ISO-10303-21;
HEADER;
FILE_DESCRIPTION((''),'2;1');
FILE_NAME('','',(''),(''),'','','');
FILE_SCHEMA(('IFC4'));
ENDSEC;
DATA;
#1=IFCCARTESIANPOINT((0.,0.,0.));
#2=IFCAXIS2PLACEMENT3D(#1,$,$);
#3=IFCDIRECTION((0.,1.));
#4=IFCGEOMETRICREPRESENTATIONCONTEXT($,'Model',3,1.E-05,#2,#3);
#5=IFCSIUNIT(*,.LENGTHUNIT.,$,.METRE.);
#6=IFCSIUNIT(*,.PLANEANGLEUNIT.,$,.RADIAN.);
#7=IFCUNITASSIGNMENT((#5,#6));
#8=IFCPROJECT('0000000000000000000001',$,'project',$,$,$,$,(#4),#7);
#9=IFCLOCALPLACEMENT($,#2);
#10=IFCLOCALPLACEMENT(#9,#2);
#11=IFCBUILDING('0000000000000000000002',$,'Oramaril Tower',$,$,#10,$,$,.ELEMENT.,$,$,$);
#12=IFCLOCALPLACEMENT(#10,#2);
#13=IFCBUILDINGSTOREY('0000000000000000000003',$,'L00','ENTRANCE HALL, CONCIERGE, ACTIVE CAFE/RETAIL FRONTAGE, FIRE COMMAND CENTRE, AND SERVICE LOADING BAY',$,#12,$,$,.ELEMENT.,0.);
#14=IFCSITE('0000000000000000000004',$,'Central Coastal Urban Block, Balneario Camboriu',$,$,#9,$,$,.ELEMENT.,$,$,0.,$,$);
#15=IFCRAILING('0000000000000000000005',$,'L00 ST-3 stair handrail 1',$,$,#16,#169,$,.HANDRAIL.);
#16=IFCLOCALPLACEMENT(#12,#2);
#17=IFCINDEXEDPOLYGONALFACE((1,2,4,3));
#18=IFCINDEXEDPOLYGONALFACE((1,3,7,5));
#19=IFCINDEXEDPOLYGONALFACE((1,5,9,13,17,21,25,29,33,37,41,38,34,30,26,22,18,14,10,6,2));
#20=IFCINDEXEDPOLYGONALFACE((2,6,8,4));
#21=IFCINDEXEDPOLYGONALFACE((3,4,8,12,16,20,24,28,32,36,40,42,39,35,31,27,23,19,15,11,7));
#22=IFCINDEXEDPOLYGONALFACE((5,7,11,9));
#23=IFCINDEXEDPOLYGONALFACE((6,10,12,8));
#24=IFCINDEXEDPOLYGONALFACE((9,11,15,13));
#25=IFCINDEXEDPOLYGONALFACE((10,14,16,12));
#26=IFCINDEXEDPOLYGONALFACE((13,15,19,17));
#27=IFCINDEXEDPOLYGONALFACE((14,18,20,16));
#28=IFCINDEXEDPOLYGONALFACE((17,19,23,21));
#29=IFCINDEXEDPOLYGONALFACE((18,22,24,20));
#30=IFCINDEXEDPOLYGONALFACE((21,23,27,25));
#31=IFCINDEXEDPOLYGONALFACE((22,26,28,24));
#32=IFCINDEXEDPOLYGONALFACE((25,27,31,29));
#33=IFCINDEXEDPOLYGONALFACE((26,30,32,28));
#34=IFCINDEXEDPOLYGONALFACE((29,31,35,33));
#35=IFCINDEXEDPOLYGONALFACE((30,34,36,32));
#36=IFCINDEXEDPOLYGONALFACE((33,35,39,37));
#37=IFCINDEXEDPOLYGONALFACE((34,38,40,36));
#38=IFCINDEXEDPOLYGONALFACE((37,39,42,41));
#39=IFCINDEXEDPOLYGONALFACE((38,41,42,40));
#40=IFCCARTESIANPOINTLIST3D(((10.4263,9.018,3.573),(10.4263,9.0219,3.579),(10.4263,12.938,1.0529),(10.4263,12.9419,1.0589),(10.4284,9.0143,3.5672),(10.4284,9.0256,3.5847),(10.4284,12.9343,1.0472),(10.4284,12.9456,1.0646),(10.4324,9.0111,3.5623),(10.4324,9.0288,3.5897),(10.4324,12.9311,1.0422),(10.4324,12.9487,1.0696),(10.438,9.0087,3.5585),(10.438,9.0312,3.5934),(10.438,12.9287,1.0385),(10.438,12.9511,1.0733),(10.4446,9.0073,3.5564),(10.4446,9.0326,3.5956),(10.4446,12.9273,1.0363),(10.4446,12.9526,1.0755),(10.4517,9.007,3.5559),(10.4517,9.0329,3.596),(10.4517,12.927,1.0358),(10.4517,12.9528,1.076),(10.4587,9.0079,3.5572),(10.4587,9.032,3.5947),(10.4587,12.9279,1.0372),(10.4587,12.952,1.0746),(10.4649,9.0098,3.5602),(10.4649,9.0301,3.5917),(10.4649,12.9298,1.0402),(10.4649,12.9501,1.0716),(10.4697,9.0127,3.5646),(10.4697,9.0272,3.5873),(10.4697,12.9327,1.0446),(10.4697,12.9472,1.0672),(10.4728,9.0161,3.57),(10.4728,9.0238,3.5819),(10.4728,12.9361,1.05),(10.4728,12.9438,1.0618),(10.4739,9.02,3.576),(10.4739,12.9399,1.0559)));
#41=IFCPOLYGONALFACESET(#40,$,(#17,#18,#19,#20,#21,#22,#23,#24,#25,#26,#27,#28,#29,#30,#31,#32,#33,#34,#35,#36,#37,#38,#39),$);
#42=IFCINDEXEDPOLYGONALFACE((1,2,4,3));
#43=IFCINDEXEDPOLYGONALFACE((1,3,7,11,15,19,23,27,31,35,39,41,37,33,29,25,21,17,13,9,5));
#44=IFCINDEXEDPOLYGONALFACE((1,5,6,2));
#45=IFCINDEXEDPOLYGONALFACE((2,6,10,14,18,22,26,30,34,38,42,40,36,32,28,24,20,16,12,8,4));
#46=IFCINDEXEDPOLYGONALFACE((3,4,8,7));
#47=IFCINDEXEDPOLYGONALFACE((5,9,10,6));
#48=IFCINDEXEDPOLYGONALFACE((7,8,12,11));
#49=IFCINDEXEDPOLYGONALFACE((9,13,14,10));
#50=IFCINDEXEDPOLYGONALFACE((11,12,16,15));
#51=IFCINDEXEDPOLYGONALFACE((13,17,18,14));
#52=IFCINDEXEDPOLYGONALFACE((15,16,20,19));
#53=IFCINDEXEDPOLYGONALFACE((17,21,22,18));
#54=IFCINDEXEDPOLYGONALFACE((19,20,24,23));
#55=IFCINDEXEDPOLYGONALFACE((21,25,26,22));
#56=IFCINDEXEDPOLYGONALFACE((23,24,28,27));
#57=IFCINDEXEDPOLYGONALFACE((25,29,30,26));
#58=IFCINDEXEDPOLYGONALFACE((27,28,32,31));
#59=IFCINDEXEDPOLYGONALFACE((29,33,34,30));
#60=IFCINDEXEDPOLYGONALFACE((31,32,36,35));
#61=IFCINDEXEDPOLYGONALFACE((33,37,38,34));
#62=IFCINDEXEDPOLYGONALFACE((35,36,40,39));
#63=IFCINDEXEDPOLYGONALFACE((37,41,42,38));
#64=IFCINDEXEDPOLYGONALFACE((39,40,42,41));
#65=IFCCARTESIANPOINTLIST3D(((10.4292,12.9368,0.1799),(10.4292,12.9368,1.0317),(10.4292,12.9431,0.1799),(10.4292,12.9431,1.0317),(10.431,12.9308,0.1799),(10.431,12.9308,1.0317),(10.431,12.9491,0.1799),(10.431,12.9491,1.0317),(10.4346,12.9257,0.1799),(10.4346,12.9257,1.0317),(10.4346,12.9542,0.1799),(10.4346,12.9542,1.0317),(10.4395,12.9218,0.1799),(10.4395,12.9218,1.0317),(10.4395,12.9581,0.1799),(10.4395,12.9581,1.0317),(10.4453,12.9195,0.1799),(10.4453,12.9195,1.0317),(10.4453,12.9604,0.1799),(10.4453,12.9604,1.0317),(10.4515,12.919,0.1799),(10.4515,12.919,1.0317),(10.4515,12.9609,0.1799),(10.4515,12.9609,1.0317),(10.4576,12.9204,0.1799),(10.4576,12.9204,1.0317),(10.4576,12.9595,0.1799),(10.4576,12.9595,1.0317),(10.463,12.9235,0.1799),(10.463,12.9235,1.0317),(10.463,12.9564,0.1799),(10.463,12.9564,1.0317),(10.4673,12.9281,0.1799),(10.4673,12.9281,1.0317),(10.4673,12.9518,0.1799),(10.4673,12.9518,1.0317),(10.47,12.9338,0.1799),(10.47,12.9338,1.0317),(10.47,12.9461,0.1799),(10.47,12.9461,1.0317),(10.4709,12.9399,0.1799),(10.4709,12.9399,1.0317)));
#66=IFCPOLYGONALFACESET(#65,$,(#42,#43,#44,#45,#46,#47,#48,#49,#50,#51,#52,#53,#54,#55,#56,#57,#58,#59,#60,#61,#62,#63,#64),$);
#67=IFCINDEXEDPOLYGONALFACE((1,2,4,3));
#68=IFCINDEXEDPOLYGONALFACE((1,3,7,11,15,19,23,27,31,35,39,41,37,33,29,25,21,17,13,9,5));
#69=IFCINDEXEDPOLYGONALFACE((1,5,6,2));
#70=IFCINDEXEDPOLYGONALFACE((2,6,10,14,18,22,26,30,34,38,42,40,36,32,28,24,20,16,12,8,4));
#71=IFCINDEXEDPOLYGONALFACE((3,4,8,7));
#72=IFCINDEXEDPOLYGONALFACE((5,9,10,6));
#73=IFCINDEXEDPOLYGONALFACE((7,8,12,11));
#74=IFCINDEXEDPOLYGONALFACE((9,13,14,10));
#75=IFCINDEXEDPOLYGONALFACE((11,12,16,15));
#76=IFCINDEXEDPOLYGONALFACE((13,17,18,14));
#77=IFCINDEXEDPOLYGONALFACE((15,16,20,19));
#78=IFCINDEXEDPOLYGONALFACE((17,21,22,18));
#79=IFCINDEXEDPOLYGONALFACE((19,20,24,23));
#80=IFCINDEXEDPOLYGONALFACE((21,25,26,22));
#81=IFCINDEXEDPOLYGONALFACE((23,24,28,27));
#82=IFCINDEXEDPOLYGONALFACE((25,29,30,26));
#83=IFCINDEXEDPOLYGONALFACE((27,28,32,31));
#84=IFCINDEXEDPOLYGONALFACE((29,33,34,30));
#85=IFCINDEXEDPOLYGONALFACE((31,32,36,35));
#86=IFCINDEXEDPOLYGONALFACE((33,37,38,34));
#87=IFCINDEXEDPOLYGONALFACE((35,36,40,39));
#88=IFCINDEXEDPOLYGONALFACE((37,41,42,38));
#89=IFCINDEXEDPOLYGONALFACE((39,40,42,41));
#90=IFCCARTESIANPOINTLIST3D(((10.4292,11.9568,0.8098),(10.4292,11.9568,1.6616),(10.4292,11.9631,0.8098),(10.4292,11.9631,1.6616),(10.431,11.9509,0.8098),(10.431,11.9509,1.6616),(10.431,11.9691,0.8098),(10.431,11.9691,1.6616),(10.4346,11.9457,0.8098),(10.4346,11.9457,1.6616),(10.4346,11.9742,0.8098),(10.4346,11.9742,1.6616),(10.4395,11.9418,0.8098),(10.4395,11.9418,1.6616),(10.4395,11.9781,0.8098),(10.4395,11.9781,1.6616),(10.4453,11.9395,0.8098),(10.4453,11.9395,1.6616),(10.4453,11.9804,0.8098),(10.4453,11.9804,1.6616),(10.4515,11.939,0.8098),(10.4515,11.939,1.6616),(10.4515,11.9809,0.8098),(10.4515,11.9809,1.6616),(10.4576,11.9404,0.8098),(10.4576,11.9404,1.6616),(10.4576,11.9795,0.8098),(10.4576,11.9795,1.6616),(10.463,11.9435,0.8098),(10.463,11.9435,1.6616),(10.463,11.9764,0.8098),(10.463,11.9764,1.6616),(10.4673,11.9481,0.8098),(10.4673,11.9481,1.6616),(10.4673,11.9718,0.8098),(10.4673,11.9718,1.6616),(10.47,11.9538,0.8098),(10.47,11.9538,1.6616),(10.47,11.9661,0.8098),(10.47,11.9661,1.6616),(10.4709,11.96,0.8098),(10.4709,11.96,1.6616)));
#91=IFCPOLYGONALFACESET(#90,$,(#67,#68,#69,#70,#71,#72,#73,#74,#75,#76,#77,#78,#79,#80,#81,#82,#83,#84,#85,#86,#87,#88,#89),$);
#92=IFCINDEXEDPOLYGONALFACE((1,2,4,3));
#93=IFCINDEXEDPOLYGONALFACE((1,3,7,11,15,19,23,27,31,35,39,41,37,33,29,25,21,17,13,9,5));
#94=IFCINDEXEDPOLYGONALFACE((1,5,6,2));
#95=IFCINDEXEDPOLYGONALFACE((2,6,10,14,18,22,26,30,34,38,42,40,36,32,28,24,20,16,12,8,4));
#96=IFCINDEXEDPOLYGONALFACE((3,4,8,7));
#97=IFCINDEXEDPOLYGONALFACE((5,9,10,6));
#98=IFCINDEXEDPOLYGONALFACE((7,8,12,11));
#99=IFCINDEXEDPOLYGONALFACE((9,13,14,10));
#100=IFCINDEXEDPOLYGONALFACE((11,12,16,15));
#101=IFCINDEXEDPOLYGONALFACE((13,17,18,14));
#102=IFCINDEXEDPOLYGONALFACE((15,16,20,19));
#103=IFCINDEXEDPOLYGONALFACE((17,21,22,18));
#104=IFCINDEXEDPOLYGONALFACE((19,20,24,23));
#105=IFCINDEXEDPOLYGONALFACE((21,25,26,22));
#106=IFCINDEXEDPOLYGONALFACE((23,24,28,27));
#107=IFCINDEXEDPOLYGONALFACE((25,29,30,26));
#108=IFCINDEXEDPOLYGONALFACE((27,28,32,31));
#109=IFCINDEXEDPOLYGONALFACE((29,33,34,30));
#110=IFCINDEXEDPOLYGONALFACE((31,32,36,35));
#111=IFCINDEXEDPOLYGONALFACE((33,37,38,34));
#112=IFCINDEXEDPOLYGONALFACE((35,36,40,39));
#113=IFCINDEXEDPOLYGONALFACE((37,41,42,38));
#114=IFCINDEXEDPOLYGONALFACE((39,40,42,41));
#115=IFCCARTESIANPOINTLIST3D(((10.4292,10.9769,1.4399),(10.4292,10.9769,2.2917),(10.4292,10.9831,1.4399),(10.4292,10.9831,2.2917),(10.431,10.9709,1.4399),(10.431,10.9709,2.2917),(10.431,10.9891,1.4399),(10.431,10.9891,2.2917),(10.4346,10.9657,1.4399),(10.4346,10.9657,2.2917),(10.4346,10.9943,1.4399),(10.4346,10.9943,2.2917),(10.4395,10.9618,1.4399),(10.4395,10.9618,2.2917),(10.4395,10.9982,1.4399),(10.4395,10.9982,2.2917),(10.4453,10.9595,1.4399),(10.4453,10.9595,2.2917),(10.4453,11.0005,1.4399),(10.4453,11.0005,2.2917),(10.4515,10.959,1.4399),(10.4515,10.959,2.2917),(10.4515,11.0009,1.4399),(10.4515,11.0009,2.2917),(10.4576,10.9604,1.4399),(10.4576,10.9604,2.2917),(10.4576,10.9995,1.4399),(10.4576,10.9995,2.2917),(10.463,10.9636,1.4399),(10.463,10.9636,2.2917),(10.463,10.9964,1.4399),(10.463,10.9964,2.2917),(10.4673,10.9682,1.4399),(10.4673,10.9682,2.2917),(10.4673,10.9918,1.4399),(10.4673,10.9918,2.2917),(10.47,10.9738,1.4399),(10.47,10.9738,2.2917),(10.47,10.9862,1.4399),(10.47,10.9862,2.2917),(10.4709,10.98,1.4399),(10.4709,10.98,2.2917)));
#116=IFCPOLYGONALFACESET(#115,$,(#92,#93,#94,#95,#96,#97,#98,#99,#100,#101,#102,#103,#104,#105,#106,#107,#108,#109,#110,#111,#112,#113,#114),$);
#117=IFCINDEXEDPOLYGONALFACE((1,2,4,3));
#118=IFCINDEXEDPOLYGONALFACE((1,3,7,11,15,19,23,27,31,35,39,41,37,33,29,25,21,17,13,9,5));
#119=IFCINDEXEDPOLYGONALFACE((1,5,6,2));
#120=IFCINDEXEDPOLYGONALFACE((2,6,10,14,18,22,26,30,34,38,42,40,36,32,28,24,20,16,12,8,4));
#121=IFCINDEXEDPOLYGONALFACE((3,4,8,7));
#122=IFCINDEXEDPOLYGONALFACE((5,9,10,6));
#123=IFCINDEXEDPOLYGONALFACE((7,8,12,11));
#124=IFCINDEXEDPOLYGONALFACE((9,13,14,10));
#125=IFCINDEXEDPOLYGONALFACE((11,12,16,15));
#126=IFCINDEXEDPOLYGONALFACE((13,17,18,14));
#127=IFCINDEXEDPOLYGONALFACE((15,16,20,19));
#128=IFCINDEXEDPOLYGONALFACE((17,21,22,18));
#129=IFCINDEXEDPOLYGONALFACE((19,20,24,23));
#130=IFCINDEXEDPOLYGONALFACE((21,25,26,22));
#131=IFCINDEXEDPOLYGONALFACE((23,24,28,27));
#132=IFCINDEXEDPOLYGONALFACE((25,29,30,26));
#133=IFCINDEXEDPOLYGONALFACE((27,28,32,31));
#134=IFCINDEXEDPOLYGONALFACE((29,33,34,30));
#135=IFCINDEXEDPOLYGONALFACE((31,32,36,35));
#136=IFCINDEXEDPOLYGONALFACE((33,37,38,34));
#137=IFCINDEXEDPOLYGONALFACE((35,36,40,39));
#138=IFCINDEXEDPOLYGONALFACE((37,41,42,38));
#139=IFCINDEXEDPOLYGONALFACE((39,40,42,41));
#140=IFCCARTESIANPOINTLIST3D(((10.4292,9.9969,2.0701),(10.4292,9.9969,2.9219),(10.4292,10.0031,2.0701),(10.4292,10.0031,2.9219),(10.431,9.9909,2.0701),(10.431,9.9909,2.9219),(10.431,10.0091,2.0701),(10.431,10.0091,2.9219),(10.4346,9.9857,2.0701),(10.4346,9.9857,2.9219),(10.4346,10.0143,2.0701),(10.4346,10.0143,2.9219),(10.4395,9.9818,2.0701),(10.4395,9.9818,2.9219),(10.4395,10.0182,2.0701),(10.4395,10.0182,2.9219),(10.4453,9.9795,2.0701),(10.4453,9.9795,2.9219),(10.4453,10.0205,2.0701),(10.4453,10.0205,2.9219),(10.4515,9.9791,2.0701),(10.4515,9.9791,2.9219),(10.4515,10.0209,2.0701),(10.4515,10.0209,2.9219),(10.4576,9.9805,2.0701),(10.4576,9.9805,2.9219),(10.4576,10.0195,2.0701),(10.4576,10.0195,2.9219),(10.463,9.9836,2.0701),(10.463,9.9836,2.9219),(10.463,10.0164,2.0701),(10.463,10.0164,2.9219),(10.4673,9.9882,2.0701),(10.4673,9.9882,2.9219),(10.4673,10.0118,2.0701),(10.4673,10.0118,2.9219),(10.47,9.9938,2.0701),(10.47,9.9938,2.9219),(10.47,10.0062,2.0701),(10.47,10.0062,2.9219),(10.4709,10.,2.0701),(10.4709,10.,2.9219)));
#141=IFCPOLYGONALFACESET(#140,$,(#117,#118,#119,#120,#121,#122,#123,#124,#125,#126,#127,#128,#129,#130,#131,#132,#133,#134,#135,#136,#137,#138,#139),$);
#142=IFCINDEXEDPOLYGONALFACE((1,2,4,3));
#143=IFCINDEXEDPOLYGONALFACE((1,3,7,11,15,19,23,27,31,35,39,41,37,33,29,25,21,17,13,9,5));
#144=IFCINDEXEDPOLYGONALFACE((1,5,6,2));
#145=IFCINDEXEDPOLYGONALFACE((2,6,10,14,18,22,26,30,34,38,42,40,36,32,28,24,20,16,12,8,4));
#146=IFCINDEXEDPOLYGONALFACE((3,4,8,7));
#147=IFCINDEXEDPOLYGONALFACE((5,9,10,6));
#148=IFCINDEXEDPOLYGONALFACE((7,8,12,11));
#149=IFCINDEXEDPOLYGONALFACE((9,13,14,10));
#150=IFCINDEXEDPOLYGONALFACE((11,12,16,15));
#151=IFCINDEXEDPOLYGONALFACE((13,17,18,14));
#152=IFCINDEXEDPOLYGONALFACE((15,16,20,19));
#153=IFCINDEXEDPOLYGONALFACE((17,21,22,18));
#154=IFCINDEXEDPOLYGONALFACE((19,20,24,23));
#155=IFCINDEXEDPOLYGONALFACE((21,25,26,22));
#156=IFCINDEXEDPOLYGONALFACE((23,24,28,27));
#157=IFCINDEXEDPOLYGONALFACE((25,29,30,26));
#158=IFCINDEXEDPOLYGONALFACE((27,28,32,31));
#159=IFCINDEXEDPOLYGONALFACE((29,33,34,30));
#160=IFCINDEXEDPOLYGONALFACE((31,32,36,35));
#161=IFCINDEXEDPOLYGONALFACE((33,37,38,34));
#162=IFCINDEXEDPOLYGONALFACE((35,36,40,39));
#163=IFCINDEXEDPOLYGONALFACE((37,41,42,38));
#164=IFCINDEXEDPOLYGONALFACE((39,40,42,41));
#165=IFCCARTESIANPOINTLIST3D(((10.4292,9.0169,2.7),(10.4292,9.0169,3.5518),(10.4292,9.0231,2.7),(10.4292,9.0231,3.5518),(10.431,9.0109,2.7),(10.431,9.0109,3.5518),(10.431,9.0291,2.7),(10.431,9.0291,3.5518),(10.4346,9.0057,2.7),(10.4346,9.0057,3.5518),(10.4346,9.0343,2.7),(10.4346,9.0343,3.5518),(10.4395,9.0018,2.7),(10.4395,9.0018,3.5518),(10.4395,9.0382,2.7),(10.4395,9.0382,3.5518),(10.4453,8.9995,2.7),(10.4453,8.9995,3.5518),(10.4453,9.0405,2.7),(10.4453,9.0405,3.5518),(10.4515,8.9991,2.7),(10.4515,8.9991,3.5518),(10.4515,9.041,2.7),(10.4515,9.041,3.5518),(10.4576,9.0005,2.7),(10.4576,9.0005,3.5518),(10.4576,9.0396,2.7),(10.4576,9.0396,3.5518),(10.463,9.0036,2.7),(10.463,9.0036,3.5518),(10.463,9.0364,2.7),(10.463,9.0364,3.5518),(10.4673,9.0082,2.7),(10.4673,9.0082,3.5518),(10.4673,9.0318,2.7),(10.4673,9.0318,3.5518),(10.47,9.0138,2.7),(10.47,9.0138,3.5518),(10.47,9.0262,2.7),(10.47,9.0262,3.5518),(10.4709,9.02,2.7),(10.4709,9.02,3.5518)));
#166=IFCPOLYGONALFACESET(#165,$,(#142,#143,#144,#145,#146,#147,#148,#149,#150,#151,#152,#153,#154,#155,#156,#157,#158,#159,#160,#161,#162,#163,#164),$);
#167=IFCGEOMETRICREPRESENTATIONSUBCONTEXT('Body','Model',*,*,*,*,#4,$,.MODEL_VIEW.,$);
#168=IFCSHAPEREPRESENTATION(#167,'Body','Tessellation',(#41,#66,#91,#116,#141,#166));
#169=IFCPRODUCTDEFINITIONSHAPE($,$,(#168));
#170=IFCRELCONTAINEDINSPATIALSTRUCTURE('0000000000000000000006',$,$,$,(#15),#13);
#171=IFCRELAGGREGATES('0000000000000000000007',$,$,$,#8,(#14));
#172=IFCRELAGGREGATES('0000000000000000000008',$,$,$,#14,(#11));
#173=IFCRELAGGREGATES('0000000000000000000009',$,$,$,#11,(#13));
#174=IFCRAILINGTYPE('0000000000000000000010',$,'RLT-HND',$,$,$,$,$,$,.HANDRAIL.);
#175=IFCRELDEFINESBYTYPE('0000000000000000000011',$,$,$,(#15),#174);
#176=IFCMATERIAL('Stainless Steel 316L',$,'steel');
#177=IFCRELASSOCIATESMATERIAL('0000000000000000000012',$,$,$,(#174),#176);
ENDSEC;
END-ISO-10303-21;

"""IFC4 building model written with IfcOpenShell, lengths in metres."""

from ifc_helpers import new_model, si_unit, direction, frame, origin, origin_2d, place, context, subcontext, project, spatial, circle, extrude, material, type_object, element, save


model = new_model("IFC4")

# Units and contexts
model_context = context("Model", 3, precision=1e-05, world=origin(), true_north=direction((0.0, 1.0)))
body_context = subcontext(model_context, "Body", "Model", "MODEL_VIEW")
ifc_project = project(units=[si_unit("LENGTHUNIT", "METRE"), si_unit("PLANEANGLEUNIT", "RADIAN")], contexts=[model_context])

# Site, building, storey
site_placement = place(None, origin())
site = spatial("IfcSite", under=ifc_project, at=site_placement, Name="Central Coastal Urban Block, Balneario Camboriu", CompositionType="ELEMENT", RefElevation=0.0)
building_placement = place(site_placement, origin())
building = spatial("IfcBuilding", under=site, at=building_placement, Name="Oramaril Tower", CompositionType="ELEMENT")
storey_placement = place(building_placement, origin())
storey = spatial("IfcBuildingStorey", under=building, at=storey_placement, Name="L00", Description="ENTRANCE HALL, CONCIERGE, ACTIVE CAFE/RETAIL FRONTAGE, FIRE COMMAND CENTRE, AND SERVICE LOADING BAY", CompositionType="ELEMENT", Elevation=0.0)

# Railing
ifc_material_1 = material(Name="Stainless Steel 316L", Category="steel")
railing_type_1 = type_object("IfcRailingType", Name="RLT-HND", PredefinedType="HANDRAIL", material=ifc_material_1)
railing_1_placement = place(storey_placement, frame((10.45, 12.9399, 0.1799)))
element("IfcRailing", 1, at=railing_1_placement, inside=storey, type_object=railing_type_1, Name="L00 ST-3 stair handrail 1", PredefinedType="HANDRAIL", context=body_context, shape_type="SweptSolid", body=[
    extrude(circle(Radius=0.0239, at=origin_2d()), frame((0.0, 0.0, 0.876), z_axis=(0.0, -0.841172, 0.540768), x_axis=(1.0, 0.0, 0.0)), (0.0, 0.0, 1.0), 4.6602),
    extrude(circle(Radius=0.021, at=origin_2d()), origin(), (0.0, 0.0, 1.0), 0.8518),
    extrude(circle(Radius=0.021, at=origin_2d()), frame((0.0, -0.98, 0.6299)), (0.0, 0.0, 1.0), 0.8518),
    extrude(circle(Radius=0.021, at=origin_2d()), frame((0.0, -1.96, 1.26)), (0.0, 0.0, 1.0), 0.8518),
    extrude(circle(Radius=0.021, at=origin_2d()), frame((0.0, -2.9399, 1.8901)), (0.0, 0.0, 1.0), 0.8518),
    extrude(circle(Radius=0.021, at=origin_2d()), frame((0.0, -3.9199, 2.52)), (0.0, 0.0, 1.0), 0.8518),
])

save(model, "model.ifc")
